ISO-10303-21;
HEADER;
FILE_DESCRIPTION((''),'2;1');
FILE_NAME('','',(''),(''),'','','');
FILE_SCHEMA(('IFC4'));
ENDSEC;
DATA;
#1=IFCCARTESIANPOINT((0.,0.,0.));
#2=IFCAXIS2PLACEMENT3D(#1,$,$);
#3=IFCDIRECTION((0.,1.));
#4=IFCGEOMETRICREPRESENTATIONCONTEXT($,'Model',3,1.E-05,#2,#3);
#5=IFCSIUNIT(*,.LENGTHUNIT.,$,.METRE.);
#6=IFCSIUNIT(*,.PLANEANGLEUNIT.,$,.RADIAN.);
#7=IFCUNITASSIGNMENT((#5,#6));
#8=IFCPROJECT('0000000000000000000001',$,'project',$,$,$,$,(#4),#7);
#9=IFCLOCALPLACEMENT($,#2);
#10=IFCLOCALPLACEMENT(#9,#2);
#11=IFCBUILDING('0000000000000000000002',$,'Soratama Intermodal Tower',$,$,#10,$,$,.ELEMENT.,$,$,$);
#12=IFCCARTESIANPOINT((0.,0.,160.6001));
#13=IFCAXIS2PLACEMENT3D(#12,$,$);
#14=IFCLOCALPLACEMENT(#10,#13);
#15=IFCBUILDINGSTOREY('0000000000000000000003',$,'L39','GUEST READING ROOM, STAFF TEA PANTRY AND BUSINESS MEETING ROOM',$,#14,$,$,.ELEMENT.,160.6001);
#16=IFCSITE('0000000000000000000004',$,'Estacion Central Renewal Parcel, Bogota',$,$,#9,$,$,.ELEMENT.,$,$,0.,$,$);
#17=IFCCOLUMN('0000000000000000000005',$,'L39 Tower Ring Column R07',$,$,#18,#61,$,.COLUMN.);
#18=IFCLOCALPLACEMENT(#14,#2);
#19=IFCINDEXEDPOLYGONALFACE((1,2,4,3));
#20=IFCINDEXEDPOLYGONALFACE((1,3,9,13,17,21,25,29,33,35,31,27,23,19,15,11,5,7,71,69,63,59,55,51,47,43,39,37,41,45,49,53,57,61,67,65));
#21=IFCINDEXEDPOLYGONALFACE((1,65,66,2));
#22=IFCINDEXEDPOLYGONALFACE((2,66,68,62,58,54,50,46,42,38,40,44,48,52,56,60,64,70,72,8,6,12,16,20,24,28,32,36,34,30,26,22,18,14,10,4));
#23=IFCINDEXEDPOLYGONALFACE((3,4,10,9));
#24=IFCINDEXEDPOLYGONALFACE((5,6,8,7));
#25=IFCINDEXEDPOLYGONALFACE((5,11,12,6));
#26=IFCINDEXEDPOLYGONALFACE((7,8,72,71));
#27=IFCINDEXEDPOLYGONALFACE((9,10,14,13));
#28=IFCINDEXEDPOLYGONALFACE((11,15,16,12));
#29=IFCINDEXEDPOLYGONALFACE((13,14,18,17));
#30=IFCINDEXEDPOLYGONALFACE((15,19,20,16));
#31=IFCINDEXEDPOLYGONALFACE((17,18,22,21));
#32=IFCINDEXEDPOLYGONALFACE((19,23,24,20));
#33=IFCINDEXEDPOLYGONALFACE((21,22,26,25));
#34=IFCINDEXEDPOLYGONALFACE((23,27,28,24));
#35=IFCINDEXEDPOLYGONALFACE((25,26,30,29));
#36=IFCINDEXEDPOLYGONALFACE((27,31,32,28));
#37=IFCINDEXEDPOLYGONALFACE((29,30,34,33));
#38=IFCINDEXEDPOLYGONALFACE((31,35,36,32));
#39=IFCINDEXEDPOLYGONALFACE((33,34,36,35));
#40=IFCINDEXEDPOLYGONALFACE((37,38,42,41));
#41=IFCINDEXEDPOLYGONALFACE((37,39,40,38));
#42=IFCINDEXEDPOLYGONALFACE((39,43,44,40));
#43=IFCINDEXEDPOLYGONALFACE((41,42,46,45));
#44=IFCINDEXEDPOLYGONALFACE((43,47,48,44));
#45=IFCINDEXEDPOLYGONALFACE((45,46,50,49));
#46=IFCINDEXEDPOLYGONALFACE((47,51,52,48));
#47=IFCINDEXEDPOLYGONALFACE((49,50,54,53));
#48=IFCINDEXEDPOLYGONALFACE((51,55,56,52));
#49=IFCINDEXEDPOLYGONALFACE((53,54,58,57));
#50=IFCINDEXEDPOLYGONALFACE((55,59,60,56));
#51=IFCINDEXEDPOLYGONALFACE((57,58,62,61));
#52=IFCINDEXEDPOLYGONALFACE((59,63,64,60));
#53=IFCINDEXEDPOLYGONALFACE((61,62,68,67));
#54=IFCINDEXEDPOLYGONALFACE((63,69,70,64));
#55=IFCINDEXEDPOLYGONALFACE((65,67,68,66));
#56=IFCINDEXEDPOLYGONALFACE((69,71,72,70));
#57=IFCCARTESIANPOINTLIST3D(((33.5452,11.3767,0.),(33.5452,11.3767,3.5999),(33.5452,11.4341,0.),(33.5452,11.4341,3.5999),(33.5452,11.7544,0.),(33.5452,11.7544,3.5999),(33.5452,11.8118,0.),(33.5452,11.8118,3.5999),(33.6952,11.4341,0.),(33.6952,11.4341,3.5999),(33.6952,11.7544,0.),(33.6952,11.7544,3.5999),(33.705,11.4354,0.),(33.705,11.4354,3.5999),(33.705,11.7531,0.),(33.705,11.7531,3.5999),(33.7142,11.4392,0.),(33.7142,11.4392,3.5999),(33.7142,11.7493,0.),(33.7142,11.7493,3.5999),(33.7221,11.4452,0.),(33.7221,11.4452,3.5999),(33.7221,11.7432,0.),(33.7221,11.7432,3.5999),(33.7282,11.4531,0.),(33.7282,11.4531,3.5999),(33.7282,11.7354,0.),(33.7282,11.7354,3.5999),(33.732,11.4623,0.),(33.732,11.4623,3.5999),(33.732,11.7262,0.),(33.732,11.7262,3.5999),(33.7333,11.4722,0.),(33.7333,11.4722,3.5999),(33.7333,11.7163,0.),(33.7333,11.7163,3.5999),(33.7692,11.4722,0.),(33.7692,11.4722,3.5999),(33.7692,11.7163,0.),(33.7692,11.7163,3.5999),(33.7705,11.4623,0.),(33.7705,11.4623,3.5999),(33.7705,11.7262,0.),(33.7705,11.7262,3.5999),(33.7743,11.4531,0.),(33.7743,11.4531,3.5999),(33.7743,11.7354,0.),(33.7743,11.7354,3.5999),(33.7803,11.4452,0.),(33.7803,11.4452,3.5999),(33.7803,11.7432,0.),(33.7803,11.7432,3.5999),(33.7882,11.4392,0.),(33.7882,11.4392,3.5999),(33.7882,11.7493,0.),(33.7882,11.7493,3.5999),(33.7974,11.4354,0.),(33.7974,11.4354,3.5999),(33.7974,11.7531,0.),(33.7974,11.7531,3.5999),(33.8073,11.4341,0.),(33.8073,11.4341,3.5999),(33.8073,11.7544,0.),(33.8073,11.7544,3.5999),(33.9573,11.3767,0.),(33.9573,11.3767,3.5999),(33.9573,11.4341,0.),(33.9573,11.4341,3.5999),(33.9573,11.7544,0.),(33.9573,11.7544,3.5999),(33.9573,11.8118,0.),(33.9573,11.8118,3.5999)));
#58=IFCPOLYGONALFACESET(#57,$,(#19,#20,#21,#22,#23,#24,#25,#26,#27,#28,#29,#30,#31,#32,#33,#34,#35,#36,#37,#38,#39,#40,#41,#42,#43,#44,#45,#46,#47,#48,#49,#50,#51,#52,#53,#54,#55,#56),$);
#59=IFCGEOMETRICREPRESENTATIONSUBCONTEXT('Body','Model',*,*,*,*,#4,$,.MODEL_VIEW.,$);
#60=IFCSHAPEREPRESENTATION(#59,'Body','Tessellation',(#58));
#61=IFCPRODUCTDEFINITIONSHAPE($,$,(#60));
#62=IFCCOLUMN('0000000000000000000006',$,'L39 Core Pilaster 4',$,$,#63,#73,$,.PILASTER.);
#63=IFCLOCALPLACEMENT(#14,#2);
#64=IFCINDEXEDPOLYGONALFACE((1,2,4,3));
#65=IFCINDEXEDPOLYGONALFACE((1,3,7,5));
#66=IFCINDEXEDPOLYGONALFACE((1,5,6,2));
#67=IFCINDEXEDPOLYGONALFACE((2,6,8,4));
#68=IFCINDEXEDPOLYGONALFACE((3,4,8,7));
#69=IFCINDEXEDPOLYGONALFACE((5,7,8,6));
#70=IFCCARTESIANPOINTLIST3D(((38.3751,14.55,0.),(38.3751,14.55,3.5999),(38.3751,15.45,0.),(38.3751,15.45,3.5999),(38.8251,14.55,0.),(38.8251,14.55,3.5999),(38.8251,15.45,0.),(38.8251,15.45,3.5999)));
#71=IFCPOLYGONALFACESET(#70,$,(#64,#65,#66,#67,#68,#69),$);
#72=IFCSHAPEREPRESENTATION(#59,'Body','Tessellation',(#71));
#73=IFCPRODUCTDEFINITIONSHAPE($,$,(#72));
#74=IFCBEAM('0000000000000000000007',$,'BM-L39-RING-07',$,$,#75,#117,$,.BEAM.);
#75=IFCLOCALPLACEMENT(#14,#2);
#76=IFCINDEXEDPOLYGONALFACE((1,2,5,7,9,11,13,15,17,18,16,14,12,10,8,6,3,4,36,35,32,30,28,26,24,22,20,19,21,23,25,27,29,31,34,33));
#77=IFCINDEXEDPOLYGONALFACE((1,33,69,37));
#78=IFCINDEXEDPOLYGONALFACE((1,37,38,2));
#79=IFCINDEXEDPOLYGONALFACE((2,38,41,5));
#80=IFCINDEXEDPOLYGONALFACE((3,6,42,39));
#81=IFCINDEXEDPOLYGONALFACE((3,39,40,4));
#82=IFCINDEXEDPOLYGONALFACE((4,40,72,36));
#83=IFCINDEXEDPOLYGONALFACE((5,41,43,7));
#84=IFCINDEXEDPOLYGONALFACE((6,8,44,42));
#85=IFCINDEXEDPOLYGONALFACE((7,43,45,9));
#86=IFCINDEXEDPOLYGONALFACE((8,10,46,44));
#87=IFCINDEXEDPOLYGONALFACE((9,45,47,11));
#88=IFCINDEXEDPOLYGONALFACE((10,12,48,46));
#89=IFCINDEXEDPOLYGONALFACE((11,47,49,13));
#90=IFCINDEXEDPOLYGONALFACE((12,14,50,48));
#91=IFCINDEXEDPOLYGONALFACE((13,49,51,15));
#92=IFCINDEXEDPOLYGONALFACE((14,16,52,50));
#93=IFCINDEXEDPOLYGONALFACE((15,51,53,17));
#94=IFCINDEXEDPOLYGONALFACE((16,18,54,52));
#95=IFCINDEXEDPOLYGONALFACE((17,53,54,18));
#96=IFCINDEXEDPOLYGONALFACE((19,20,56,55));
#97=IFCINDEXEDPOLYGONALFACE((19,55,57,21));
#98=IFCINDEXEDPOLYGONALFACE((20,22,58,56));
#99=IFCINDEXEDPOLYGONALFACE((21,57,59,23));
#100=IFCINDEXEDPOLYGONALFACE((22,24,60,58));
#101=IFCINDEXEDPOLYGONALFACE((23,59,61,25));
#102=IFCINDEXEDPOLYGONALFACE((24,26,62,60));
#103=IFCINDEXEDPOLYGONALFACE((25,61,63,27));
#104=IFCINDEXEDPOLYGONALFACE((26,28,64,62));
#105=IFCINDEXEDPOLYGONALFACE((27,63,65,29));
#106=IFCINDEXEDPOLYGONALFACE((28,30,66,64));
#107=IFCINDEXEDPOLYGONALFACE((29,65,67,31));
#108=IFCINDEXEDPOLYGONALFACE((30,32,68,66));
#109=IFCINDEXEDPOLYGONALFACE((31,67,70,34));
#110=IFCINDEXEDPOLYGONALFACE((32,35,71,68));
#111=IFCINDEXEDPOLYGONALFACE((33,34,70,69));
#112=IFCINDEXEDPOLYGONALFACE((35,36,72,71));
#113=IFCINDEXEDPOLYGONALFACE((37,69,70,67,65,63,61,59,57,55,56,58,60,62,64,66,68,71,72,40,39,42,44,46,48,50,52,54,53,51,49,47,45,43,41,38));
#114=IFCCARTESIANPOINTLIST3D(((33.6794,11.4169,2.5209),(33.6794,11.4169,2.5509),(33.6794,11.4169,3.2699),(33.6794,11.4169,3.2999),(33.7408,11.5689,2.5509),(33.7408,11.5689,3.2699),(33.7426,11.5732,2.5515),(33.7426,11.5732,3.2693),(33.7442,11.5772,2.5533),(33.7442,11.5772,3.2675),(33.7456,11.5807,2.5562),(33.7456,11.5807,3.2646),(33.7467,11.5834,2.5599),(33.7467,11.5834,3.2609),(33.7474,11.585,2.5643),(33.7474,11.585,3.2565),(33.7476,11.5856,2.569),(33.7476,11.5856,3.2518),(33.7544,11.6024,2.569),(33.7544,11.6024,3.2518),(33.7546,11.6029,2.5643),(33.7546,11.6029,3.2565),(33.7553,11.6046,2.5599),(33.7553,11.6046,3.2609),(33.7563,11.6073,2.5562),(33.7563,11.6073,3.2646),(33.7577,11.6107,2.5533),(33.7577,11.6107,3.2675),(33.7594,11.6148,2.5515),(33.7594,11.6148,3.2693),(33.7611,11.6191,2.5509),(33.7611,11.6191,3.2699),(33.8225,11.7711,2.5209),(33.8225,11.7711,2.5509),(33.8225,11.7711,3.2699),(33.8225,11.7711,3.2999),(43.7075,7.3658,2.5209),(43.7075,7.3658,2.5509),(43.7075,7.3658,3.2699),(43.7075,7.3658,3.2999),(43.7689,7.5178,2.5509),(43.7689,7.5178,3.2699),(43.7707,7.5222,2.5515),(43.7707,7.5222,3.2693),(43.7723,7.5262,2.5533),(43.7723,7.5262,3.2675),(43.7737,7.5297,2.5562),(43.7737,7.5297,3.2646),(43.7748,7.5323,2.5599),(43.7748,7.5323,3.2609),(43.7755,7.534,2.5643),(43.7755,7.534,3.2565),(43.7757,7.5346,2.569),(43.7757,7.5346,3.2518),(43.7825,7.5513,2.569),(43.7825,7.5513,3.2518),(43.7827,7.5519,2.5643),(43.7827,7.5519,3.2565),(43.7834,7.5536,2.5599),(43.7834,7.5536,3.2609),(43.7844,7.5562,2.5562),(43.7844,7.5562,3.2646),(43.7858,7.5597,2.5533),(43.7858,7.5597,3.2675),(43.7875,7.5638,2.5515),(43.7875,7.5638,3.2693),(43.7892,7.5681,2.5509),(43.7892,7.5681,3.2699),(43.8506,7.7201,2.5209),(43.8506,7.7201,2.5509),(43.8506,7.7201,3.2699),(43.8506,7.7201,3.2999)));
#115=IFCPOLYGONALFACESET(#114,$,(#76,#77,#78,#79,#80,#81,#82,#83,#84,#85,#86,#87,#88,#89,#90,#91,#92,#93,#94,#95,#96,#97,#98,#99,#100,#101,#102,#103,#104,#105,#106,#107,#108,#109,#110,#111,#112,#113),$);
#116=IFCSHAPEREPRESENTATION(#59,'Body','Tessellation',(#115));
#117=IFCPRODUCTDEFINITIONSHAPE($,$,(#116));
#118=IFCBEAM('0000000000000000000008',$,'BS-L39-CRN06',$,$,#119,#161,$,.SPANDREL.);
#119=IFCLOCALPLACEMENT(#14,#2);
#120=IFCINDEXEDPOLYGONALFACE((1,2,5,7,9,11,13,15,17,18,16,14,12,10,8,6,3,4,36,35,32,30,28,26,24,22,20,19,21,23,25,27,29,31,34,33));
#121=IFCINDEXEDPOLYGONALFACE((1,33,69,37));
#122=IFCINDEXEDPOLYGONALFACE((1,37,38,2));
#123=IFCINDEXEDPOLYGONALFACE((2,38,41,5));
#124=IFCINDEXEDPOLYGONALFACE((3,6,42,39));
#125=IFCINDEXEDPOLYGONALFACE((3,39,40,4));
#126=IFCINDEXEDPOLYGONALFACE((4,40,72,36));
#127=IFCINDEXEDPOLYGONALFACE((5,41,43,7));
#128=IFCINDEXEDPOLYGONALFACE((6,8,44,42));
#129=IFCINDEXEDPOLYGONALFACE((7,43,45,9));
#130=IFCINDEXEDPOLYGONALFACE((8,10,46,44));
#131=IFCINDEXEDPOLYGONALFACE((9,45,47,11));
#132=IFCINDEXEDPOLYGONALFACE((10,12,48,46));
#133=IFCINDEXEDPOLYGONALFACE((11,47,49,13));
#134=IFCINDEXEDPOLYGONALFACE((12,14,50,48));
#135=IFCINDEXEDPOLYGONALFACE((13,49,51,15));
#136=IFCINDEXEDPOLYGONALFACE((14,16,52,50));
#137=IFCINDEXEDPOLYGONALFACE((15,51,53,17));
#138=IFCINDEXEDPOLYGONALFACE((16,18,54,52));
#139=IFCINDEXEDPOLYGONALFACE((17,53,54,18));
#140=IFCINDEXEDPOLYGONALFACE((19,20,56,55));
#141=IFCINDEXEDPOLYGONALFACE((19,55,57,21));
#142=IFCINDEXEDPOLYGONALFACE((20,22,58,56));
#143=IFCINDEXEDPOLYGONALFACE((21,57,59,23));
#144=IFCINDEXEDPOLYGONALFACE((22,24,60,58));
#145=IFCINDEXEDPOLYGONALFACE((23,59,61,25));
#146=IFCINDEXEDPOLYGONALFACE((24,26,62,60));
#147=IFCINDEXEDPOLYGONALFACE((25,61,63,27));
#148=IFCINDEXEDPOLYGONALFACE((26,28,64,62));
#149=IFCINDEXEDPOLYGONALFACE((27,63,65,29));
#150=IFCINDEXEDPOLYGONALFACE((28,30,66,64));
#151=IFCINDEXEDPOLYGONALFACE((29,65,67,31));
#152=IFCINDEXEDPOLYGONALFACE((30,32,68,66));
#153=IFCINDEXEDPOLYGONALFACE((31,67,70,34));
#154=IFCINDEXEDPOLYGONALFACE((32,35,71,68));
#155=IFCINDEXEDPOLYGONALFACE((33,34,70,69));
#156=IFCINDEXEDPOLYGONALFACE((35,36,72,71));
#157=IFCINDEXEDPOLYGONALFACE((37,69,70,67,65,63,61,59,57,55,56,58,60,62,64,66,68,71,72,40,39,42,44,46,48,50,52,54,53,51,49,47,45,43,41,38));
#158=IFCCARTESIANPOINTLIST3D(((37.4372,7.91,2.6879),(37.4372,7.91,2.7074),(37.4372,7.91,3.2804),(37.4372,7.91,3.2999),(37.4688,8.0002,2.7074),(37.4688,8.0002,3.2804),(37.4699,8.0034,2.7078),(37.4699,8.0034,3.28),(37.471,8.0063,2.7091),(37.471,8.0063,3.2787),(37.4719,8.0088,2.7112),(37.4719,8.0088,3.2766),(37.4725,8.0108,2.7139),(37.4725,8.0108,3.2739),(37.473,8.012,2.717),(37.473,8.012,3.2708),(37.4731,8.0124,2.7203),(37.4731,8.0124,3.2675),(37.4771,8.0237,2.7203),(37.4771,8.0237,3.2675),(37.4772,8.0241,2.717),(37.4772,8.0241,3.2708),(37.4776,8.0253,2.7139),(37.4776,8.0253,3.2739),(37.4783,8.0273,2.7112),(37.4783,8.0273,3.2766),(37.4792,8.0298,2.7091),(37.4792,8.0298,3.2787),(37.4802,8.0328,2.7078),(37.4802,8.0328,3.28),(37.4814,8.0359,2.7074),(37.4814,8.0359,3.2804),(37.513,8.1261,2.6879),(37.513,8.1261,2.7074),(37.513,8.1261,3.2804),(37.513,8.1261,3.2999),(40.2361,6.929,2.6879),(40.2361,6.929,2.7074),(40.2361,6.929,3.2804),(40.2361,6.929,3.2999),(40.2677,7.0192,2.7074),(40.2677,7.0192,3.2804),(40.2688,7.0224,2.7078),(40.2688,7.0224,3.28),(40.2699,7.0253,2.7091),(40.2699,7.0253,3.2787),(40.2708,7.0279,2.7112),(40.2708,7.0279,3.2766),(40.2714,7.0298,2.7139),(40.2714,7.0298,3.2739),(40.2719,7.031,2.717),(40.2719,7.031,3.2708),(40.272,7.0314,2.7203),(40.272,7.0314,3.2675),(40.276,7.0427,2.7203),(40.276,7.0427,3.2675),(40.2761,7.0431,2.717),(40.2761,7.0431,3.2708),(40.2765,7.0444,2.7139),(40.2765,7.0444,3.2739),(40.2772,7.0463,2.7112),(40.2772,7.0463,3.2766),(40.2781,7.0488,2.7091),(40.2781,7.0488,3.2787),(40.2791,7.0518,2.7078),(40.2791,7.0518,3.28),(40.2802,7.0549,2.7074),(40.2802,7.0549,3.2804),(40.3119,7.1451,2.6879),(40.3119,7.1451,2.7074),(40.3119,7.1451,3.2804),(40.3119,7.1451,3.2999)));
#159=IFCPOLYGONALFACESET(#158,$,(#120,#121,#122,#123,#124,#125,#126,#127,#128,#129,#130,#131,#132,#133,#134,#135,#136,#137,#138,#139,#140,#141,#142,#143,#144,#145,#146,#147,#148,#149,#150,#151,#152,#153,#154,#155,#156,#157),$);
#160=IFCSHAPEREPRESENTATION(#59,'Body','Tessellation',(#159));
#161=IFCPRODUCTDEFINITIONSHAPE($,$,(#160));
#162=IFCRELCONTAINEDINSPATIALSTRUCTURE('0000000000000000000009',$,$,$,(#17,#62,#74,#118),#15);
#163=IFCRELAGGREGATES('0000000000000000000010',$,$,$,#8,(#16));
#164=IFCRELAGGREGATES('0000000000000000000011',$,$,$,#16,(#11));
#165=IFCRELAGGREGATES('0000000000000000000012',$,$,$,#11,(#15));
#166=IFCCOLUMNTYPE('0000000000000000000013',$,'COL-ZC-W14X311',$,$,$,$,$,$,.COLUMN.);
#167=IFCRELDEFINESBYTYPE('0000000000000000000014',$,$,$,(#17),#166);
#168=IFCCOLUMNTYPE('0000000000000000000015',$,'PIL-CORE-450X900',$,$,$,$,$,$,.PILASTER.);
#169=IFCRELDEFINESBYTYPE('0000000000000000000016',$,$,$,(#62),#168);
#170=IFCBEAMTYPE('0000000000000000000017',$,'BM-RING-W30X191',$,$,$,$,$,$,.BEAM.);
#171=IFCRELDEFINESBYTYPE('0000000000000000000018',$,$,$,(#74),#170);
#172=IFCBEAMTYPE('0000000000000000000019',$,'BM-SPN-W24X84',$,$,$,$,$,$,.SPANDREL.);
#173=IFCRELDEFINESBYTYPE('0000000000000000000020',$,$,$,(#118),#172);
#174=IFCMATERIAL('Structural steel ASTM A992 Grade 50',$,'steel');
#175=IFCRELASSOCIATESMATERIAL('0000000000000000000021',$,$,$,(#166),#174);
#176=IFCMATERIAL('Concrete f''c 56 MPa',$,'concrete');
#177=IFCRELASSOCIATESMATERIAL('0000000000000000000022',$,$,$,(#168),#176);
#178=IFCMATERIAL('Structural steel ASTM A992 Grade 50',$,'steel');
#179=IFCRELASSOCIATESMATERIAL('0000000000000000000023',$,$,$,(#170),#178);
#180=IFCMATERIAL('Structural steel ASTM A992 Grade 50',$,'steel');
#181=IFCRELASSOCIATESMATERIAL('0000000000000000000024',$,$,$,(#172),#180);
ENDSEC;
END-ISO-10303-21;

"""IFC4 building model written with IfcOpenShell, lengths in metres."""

from ifc_helpers import new_model, si_unit, direction, frame, origin, origin_2d, place, context, subcontext, project, spatial, rectangle, i_section, extrude, material, material_profile, profile_set, type_object, element, save


model = new_model("IFC4")

# Units and contexts
model_context = context("Model", 3, precision=1e-05, world=origin(), true_north=direction((0.0, 1.0)))
body_context = subcontext(model_context, "Body", "Model", "MODEL_VIEW")
ifc_project = project(units=[si_unit("LENGTHUNIT", "METRE"), si_unit("PLANEANGLEUNIT", "RADIAN")], contexts=[model_context])

# Site, building, storey
site_placement = place(None, origin())
site = spatial("IfcSite", under=ifc_project, at=site_placement, Name="Estacion Central Renewal Parcel, Bogota", CompositionType="ELEMENT", RefElevation=0.0)
building_placement = place(site_placement, origin())
building = spatial("IfcBuilding", under=site, at=building_placement, Name="Soratama Intermodal Tower", CompositionType="ELEMENT")
storey_placement = place(building_placement, frame((0.0, 0.0, 160.6001)))
storey = spatial("IfcBuildingStorey", under=building, at=storey_placement, Name="L39", Description="GUEST READING ROOM, STAFF TEA PANTRY AND BUSINESS MEETING ROOM", CompositionType="ELEMENT", Elevation=160.6001)

# Columns
ifc_material_1 = material(Name="Structural steel ASTM A992 Grade 50", Category="steel")
ifc_material_profile_1 = material_profile(ifc_material_1, i_section(OverallWidth=0.4121, OverallDepth=0.4351, WebThickness=0.0359, FlangeThickness=0.0574, FilletRadius=0.0381, at=origin_2d()), Name="W14X311")
ifc_profile_set_1 = profile_set([ifc_material_profile_1], Name="Structural steel ASTM A992 Grade 50")
column_type_1 = type_object("IfcColumnType", Name="COL-ZC-W14X311", PredefinedType="COLUMN", material=ifc_profile_set_1)
column_1_placement = place(storey_placement, frame((33.7512, 11.5942, 0.0), z_axis=(0.0, 0.0, 1.0), x_axis=(1.0, 0.0, 0.0)))
element("IfcColumn", 1, at=column_1_placement, inside=storey, type_object=column_type_1, Name="L39 Tower Ring Column R07", PredefinedType="COLUMN", context=body_context, shape_type="SweptSolid", body=[
    extrude(i_section(OverallWidth=0.4121, OverallDepth=0.4351, WebThickness=0.0359, FlangeThickness=0.0574, FilletRadius=0.0381, at=origin_2d()), origin(), (0.0, 0.0, 1.0), 3.5999),
])
ifc_material_2 = material(Name="Concrete f'c 56 MPa", Category="concrete")
ifc_material_profile_2 = material_profile(ifc_material_2, rectangle(XDim=0.45, YDim=0.8999, at=origin_2d()), Name="RC450X900")
ifc_profile_set_2 = profile_set([ifc_material_profile_2], Name="Concrete f'c 56 MPa")
column_type_2 = type_object("IfcColumnType", Name="PIL-CORE-450X900", PredefinedType="PILASTER", material=ifc_profile_set_2)
column_2_placement = place(storey_placement, frame((38.6001, 15.0, 0.0), z_axis=(0.0, 0.0, 1.0), x_axis=(1.0, 0.0, 0.0)))
element("IfcColumn", 2, at=column_2_placement, inside=storey, type_object=column_type_2, Name="L39 Core Pilaster 4", PredefinedType="PILASTER", context=body_context, shape_type="SweptSolid", body=[
    extrude(rectangle(XDim=0.45, YDim=0.8999, at=origin_2d()), origin(), (0.0, 0.0, 1.0), 3.5999),
])

# Beams
ifc_material_3 = material(Name="Structural steel ASTM A992 Grade 50", Category="steel")
ifc_material_profile_3 = material_profile(ifc_material_3, i_section(OverallWidth=0.3821, OverallDepth=0.7791, WebThickness=0.0181, FlangeThickness=0.03, FilletRadius=0.0181, at=origin_2d()), Name="W30X191")
ifc_profile_set_3 = profile_set([ifc_material_profile_3], Name="Structural steel ASTM A992 Grade 50")
beam_type_1 = type_object("IfcBeamType", Name="BM-RING-W30X191", PredefinedType="BEAM", material=ifc_profile_set_3)
beam_1_placement = place(storey_placement, frame((33.751, 11.594, 2.9104), z_axis=(0.927202, -0.37456, 0.0), x_axis=(0.37456, 0.927202, 0.0)))
element("IfcBeam", 3, at=beam_1_placement, inside=storey, type_object=beam_type_1, Name="BM-L39-RING-07", PredefinedType="BEAM", context=body_context, shape_type="SweptSolid", body=[
    extrude(i_section(OverallWidth=0.3821, OverallDepth=0.7791, WebThickness=0.0181, FlangeThickness=0.03, FilletRadius=0.0181, at=origin_2d()), origin(), (0.0, 0.0, 1.0), 10.8154),
])
ifc_material_4 = material(Name="Structural steel ASTM A992 Grade 50", Category="steel")
ifc_material_profile_4 = material_profile(ifc_material_4, i_section(OverallWidth=0.229, OverallDepth=0.6121, WebThickness=0.012, FlangeThickness=0.0195, FilletRadius=0.0129, at=origin_2d()), Name="W24X84")
ifc_profile_set_4 = profile_set([ifc_material_profile_4], Name="Structural steel ASTM A992 Grade 50")
beam_type_2 = type_object("IfcBeamType", Name="BM-SPN-W24X84", PredefinedType="SPANDREL", material=ifc_profile_set_4)
beam_2_placement = place(storey_placement, frame((37.4751, 8.0181, 2.9939), z_axis=(0.943715, -0.330761, 0.0), x_axis=(0.330761, 0.943715, 0.0)))
element("IfcBeam", 4, at=beam_2_placement, inside=storey, type_object=beam_type_2, Name="BS-L39-CRN06", PredefinedType="SPANDREL", context=body_context, shape_type="SweptSolid", body=[
    extrude(i_section(OverallWidth=0.229, OverallDepth=0.6121, WebThickness=0.012, FlangeThickness=0.0195, FilletRadius=0.0129, at=origin_2d()), origin(), (0.0, 0.0, 1.0), 2.9658),
])

save(model, "model.ifc")
